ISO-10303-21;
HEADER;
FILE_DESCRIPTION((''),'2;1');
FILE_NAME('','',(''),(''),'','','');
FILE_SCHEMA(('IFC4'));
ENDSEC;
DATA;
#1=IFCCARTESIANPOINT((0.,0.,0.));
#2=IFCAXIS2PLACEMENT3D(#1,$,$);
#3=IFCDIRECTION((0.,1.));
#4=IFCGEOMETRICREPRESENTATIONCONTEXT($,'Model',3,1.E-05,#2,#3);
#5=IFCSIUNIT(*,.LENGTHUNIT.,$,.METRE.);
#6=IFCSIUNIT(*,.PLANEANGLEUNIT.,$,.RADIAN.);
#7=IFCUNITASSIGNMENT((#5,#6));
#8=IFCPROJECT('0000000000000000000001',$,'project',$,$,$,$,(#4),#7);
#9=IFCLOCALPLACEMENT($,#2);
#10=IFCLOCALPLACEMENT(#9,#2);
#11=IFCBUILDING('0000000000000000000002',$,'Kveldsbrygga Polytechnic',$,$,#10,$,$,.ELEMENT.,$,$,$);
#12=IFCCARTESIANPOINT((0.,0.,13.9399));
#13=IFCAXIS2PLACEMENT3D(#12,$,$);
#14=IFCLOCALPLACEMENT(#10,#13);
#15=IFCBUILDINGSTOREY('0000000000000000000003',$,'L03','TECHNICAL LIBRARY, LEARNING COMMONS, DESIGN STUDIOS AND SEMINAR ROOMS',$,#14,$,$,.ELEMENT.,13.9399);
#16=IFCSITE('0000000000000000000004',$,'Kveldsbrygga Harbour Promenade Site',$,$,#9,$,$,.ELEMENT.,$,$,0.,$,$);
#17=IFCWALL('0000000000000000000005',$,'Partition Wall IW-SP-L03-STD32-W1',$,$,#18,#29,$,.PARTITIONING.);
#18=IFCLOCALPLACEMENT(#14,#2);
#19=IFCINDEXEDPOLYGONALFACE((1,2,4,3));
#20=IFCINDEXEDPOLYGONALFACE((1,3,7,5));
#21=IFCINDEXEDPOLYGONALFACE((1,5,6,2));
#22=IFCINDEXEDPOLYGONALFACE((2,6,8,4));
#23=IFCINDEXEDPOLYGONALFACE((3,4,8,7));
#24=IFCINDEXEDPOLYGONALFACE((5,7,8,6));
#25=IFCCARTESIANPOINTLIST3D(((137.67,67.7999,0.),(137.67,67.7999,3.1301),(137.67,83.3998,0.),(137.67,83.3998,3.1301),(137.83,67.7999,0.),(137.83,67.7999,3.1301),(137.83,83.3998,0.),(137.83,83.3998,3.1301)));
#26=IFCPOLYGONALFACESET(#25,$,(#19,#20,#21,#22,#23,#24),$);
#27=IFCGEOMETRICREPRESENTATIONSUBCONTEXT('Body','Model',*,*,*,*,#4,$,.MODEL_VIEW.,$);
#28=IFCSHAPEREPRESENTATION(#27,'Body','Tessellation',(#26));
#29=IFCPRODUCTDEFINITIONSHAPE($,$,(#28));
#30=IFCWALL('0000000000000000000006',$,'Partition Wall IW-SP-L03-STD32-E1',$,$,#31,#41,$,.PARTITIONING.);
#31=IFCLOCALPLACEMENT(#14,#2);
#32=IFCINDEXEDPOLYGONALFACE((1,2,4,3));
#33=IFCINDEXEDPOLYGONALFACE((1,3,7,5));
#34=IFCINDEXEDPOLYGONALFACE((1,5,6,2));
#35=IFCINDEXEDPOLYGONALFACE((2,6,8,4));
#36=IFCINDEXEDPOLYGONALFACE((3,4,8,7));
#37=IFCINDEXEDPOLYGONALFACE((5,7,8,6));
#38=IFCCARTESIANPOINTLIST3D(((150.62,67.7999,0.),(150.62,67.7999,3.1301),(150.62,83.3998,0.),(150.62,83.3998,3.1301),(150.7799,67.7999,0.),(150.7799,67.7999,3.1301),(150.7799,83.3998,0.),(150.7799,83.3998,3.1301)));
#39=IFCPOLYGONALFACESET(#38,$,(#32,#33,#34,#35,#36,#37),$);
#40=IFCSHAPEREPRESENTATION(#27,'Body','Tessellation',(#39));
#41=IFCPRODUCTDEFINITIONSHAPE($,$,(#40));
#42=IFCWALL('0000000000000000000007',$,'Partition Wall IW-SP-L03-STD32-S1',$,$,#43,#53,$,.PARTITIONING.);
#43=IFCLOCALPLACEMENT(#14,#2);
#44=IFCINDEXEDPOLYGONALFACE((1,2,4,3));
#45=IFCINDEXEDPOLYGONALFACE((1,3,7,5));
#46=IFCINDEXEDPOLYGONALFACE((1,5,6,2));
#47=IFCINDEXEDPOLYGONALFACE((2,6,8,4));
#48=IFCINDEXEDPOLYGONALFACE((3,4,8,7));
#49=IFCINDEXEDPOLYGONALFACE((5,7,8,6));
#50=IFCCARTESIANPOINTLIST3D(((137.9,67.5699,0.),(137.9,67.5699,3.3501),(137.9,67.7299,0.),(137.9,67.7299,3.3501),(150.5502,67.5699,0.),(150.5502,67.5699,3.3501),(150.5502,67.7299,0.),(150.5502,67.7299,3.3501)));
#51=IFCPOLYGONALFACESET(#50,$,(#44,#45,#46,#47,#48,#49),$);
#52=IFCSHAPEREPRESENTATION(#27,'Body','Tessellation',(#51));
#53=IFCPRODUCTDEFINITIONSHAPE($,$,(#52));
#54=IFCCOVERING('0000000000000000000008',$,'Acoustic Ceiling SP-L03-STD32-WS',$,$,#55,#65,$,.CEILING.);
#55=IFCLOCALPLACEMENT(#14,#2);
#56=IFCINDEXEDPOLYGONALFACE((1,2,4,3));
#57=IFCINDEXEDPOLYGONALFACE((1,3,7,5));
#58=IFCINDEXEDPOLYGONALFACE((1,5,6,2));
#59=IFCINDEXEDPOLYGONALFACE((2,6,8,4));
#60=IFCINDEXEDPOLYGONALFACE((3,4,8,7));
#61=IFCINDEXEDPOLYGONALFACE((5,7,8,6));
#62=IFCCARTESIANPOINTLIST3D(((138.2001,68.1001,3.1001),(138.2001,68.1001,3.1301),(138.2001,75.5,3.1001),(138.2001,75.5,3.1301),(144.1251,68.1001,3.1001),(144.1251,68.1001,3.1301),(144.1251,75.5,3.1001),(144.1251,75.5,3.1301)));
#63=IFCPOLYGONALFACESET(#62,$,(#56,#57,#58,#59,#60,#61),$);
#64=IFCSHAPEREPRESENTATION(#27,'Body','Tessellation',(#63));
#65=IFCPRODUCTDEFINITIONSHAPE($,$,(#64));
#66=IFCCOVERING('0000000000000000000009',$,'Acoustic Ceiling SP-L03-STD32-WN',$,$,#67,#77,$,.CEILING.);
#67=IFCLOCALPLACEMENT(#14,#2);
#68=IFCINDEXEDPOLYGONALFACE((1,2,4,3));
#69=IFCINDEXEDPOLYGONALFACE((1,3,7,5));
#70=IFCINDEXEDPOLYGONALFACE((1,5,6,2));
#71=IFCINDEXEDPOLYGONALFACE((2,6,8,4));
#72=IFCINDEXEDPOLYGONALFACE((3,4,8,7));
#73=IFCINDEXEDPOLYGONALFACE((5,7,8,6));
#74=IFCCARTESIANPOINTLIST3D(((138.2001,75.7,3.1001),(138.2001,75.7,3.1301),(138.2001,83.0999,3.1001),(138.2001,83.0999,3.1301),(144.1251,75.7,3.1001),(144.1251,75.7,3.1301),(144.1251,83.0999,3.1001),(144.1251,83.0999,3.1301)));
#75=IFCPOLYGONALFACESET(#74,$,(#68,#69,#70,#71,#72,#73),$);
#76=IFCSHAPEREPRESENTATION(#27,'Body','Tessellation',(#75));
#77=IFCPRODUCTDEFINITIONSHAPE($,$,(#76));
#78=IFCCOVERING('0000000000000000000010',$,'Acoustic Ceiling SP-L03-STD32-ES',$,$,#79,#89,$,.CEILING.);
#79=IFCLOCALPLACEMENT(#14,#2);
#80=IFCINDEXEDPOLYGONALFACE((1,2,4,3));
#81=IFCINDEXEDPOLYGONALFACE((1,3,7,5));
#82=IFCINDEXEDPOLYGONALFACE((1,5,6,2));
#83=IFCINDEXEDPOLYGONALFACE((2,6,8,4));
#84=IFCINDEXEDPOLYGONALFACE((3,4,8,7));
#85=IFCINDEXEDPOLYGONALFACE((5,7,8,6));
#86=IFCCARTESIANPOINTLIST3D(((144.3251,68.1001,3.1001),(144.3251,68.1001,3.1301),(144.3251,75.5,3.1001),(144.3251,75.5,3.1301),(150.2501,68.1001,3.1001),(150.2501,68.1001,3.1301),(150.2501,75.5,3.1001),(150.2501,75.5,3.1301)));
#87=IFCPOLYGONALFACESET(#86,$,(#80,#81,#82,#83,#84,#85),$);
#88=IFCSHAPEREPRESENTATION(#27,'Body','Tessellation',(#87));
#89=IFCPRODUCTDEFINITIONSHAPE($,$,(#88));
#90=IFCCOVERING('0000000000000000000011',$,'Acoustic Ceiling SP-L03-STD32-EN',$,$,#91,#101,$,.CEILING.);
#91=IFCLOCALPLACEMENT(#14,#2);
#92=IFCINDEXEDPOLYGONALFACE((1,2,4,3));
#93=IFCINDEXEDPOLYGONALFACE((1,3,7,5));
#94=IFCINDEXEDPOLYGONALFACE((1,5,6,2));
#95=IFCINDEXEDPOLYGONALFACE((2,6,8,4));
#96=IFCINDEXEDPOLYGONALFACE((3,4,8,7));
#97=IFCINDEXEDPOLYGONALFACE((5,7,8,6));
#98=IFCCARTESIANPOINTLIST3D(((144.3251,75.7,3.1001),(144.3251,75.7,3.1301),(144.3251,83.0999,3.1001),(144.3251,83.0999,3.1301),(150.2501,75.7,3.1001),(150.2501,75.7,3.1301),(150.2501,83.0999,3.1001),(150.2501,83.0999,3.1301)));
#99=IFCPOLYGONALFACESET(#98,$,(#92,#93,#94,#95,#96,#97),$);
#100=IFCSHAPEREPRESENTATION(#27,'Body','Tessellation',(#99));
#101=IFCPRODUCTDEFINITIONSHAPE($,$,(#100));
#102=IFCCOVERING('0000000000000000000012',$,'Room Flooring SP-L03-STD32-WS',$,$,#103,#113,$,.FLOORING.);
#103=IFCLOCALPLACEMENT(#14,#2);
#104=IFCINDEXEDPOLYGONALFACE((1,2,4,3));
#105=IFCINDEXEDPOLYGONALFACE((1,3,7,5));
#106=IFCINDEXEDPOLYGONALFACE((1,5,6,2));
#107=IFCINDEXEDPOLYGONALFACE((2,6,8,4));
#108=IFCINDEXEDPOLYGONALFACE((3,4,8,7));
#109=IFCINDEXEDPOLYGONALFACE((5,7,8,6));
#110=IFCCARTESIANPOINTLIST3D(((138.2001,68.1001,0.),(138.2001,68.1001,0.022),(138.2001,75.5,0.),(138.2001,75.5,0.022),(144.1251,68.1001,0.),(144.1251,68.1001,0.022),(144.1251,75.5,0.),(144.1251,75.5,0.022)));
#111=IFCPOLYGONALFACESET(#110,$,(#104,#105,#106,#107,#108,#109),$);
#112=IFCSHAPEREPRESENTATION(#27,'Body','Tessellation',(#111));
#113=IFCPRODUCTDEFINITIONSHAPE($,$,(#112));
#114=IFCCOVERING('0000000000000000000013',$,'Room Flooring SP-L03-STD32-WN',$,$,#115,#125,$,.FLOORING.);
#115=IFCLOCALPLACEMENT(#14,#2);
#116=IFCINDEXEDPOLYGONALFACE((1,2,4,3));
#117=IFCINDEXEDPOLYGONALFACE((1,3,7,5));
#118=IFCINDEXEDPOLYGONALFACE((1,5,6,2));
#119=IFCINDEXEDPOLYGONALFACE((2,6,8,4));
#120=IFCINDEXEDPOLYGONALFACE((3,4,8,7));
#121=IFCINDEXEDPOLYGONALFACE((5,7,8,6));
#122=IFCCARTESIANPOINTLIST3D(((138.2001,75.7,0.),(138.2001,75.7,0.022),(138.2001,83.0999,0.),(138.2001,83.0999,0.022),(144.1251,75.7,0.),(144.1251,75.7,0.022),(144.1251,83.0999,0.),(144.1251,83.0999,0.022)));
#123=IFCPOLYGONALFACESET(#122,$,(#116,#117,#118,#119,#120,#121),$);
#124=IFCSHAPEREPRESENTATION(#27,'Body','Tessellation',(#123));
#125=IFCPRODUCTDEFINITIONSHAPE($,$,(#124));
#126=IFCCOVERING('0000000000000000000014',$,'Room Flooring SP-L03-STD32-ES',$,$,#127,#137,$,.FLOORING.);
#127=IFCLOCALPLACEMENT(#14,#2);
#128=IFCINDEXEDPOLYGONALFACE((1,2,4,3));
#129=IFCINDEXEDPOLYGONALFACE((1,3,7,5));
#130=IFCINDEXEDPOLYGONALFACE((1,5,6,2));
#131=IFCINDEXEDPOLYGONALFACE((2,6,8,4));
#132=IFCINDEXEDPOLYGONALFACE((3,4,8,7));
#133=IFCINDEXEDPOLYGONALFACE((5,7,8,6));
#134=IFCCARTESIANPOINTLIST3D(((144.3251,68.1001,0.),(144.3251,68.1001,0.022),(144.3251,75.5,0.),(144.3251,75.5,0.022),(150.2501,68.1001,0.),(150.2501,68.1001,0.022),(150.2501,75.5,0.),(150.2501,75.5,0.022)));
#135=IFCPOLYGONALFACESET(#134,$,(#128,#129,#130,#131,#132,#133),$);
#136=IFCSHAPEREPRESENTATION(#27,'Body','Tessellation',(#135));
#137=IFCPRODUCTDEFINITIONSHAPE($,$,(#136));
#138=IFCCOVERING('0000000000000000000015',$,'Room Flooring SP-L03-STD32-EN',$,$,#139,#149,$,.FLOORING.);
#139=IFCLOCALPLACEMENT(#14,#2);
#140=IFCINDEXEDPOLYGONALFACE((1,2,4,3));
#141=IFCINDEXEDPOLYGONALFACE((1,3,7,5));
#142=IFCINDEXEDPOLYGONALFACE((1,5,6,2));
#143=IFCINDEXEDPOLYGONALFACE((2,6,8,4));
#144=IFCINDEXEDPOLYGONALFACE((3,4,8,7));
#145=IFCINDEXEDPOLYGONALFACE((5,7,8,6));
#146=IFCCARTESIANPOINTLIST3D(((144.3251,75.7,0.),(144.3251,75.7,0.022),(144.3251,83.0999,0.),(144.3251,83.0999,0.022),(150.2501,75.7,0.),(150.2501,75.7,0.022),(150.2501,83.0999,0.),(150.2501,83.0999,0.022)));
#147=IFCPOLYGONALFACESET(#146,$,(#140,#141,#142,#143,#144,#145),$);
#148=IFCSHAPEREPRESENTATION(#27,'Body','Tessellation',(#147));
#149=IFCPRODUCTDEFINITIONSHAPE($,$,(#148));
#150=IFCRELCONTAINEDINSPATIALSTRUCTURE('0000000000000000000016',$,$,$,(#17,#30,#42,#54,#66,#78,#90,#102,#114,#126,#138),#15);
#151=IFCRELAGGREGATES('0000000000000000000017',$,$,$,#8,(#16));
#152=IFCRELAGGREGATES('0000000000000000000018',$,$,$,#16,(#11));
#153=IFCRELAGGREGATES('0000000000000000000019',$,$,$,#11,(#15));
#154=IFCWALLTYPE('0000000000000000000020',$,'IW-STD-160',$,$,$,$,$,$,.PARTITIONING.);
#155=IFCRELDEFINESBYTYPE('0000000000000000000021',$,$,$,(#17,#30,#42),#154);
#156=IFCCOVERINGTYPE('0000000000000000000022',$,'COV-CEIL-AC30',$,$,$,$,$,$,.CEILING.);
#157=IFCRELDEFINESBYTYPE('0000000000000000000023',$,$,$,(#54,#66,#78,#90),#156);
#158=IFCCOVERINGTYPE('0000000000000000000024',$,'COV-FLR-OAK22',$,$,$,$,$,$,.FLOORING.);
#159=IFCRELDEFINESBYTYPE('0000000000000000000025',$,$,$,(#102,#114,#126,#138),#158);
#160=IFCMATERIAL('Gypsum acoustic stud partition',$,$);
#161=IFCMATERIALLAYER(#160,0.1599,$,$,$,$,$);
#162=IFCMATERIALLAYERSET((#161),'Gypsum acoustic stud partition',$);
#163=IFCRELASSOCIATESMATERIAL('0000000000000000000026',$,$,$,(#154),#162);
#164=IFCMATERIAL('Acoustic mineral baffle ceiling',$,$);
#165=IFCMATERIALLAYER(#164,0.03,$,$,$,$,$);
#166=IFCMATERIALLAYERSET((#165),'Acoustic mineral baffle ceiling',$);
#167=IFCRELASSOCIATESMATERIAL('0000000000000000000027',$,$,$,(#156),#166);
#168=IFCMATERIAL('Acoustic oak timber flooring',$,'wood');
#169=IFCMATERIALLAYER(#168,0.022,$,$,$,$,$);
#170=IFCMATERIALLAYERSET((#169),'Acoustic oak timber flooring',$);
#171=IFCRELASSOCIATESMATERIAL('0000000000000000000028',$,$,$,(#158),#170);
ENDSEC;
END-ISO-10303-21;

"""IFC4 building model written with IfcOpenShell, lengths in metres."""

from ifc_helpers import new_model, si_unit, direction, frame, frame_2d, origin, origin_2d, place, context, subcontext, project, spatial, rectangle, extrude, material, layer, layer_set, type_object, element, save


model = new_model("IFC4")

# Units and contexts
model_context = context("Model", 3, precision=1e-05, world=origin(), true_north=direction((0.0, 1.0)))
body_context = subcontext(model_context, "Body", "Model", "MODEL_VIEW")
ifc_project = project(units=[si_unit("LENGTHUNIT", "METRE"), si_unit("PLANEANGLEUNIT", "RADIAN")], contexts=[model_context])

# Site, building, storey
site_placement = place(None, origin())
site = spatial("IfcSite", under=ifc_project, at=site_placement, Name="Kveldsbrygga Harbour Promenade Site", CompositionType="ELEMENT", RefElevation=0.0)
building_placement = place(site_placement, origin())
building = spatial("IfcBuilding", under=site, at=building_placement, Name="Kveldsbrygga Polytechnic", CompositionType="ELEMENT")
storey_placement = place(building_placement, frame((0.0, 0.0, 13.9399)))
storey = spatial("IfcBuildingStorey", under=building, at=storey_placement, Name="L03", Description="TECHNICAL LIBRARY, LEARNING COMMONS, DESIGN STUDIOS AND SEMINAR ROOMS", CompositionType="ELEMENT", Elevation=13.9399)

# Walls
ifc_material_1 = material(Name="Gypsum acoustic stud partition")
ifc_layer_1 = layer(ifc_material_1, 0.1599)
ifc_layer_set_1 = layer_set([ifc_layer_1], Name="Gypsum acoustic stud partition")
wall_type = type_object("IfcWallType", Name="IW-STD-160", PredefinedType="PARTITIONING", material=ifc_layer_set_1)
for number, where, z_axis, x_axis, name in (
    (1, (137.75, 67.8, 0.0), (0.0, 0.0, 1.0), (0.0, 1.0, 0.0), "Partition Wall IW-SP-L03-STD32-W1"),
    (2, (150.7, 67.8, 0.0), (0.0, 0.0, 1.0), (0.0, 1.0, 0.0), "Partition Wall IW-SP-L03-STD32-E1"),
):
    element("IfcWall", number, at=place(storey_placement, frame(where, z_axis=z_axis, x_axis=x_axis)), inside=storey, type_object=wall_type, Name=name, PredefinedType="PARTITIONING", context=body_context, shape_type="SweptSolid", body=[
        extrude(rectangle(XDim=15.5999, YDim=0.1599, at=frame_2d((7.7998, 0.0))), origin(), (0.0, 0.0, 1.0), 3.1301),
    ])
wall_placement = place(storey_placement, frame((137.8999, 67.6499, 0.0), z_axis=(0.0, 0.0, 1.0), x_axis=(1.0, 0.0, 0.0)))
element("IfcWall", 3, at=wall_placement, inside=storey, type_object=wall_type, Name="Partition Wall IW-SP-L03-STD32-S1", PredefinedType="PARTITIONING", context=body_context, shape_type="SweptSolid", body=[
    extrude(rectangle(XDim=12.6501, YDim=0.1599, at=frame_2d((6.3252, 0.0))), origin(), (0.0, 0.0, 1.0), 3.3501),
])

# Coverings
ifc_material_2 = material(Name="Acoustic mineral baffle ceiling")
ifc_layer_2 = layer(ifc_material_2, 0.03)
ifc_layer_set_2 = layer_set([ifc_layer_2], Name="Acoustic mineral baffle ceiling")
covering_type_1 = type_object("IfcCoveringType", Name="COV-CEIL-AC30", PredefinedType="CEILING", material=ifc_layer_set_2)
for number, where, z_axis, x_axis, name in (
    (4, (141.1626, 71.8, 3.1001), (0.0, 0.0, 1.0), (1.0, 0.0, 0.0), "Acoustic Ceiling SP-L03-STD32-WS"),
    (5, (141.1626, 79.3999, 3.1001), (0.0, 0.0, 1.0), (1.0, 0.0, 0.0), "Acoustic Ceiling SP-L03-STD32-WN"),
    (6, (147.2876, 71.8, 3.1001), (0.0, 0.0, 1.0), (1.0, 0.0, 0.0), "Acoustic Ceiling SP-L03-STD32-ES"),
    (7, (147.2876, 79.3999, 3.1001), (0.0, 0.0, 1.0), (1.0, 0.0, 0.0), "Acoustic Ceiling SP-L03-STD32-EN"),
):
    element("IfcCovering", number, at=place(storey_placement, frame(where, z_axis=z_axis, x_axis=x_axis)), inside=storey, type_object=covering_type_1, Name=name, PredefinedType="CEILING", context=body_context, shape_type="SweptSolid", body=[
        extrude(rectangle(XDim=5.925, YDim=7.3999, at=origin_2d()), origin(), (0.0, 0.0, 1.0), 0.03),
    ])
ifc_material_3 = material(Name="Acoustic oak timber flooring", Category="wood")
ifc_layer_3 = layer(ifc_material_3, 0.022)
ifc_layer_set_3 = layer_set([ifc_layer_3], Name="Acoustic oak timber flooring")
covering_type_2 = type_object("IfcCoveringType", Name="COV-FLR-OAK22", PredefinedType="FLOORING", material=ifc_layer_set_3)
for number, where, z_axis, x_axis, name in (
    (8, (141.1626, 71.8, 0.0), (0.0, 0.0, 1.0), (1.0, 0.0, 0.0), "Room Flooring SP-L03-STD32-WS"),
    (9, (141.1626, 79.3999, 0.0), (0.0, 0.0, 1.0), (1.0, 0.0, 0.0), "Room Flooring SP-L03-STD32-WN"),
    (10, (147.2876, 71.8, 0.0), (0.0, 0.0, 1.0), (1.0, 0.0, 0.0), "Room Flooring SP-L03-STD32-ES"),
    (11, (147.2876, 79.3999, 0.0), (0.0, 0.0, 1.0), (1.0, 0.0, 0.0), "Room Flooring SP-L03-STD32-EN"),
):
    element("IfcCovering", number, at=place(storey_placement, frame(where, z_axis=z_axis, x_axis=x_axis)), inside=storey, type_object=covering_type_2, Name=name, PredefinedType="FLOORING", context=body_context, shape_type="SweptSolid", body=[
        extrude(rectangle(XDim=5.925, YDim=7.3999, at=origin_2d()), origin(), (0.0, 0.0, 1.0), 0.022),
    ])

save(model, "model.ifc")
